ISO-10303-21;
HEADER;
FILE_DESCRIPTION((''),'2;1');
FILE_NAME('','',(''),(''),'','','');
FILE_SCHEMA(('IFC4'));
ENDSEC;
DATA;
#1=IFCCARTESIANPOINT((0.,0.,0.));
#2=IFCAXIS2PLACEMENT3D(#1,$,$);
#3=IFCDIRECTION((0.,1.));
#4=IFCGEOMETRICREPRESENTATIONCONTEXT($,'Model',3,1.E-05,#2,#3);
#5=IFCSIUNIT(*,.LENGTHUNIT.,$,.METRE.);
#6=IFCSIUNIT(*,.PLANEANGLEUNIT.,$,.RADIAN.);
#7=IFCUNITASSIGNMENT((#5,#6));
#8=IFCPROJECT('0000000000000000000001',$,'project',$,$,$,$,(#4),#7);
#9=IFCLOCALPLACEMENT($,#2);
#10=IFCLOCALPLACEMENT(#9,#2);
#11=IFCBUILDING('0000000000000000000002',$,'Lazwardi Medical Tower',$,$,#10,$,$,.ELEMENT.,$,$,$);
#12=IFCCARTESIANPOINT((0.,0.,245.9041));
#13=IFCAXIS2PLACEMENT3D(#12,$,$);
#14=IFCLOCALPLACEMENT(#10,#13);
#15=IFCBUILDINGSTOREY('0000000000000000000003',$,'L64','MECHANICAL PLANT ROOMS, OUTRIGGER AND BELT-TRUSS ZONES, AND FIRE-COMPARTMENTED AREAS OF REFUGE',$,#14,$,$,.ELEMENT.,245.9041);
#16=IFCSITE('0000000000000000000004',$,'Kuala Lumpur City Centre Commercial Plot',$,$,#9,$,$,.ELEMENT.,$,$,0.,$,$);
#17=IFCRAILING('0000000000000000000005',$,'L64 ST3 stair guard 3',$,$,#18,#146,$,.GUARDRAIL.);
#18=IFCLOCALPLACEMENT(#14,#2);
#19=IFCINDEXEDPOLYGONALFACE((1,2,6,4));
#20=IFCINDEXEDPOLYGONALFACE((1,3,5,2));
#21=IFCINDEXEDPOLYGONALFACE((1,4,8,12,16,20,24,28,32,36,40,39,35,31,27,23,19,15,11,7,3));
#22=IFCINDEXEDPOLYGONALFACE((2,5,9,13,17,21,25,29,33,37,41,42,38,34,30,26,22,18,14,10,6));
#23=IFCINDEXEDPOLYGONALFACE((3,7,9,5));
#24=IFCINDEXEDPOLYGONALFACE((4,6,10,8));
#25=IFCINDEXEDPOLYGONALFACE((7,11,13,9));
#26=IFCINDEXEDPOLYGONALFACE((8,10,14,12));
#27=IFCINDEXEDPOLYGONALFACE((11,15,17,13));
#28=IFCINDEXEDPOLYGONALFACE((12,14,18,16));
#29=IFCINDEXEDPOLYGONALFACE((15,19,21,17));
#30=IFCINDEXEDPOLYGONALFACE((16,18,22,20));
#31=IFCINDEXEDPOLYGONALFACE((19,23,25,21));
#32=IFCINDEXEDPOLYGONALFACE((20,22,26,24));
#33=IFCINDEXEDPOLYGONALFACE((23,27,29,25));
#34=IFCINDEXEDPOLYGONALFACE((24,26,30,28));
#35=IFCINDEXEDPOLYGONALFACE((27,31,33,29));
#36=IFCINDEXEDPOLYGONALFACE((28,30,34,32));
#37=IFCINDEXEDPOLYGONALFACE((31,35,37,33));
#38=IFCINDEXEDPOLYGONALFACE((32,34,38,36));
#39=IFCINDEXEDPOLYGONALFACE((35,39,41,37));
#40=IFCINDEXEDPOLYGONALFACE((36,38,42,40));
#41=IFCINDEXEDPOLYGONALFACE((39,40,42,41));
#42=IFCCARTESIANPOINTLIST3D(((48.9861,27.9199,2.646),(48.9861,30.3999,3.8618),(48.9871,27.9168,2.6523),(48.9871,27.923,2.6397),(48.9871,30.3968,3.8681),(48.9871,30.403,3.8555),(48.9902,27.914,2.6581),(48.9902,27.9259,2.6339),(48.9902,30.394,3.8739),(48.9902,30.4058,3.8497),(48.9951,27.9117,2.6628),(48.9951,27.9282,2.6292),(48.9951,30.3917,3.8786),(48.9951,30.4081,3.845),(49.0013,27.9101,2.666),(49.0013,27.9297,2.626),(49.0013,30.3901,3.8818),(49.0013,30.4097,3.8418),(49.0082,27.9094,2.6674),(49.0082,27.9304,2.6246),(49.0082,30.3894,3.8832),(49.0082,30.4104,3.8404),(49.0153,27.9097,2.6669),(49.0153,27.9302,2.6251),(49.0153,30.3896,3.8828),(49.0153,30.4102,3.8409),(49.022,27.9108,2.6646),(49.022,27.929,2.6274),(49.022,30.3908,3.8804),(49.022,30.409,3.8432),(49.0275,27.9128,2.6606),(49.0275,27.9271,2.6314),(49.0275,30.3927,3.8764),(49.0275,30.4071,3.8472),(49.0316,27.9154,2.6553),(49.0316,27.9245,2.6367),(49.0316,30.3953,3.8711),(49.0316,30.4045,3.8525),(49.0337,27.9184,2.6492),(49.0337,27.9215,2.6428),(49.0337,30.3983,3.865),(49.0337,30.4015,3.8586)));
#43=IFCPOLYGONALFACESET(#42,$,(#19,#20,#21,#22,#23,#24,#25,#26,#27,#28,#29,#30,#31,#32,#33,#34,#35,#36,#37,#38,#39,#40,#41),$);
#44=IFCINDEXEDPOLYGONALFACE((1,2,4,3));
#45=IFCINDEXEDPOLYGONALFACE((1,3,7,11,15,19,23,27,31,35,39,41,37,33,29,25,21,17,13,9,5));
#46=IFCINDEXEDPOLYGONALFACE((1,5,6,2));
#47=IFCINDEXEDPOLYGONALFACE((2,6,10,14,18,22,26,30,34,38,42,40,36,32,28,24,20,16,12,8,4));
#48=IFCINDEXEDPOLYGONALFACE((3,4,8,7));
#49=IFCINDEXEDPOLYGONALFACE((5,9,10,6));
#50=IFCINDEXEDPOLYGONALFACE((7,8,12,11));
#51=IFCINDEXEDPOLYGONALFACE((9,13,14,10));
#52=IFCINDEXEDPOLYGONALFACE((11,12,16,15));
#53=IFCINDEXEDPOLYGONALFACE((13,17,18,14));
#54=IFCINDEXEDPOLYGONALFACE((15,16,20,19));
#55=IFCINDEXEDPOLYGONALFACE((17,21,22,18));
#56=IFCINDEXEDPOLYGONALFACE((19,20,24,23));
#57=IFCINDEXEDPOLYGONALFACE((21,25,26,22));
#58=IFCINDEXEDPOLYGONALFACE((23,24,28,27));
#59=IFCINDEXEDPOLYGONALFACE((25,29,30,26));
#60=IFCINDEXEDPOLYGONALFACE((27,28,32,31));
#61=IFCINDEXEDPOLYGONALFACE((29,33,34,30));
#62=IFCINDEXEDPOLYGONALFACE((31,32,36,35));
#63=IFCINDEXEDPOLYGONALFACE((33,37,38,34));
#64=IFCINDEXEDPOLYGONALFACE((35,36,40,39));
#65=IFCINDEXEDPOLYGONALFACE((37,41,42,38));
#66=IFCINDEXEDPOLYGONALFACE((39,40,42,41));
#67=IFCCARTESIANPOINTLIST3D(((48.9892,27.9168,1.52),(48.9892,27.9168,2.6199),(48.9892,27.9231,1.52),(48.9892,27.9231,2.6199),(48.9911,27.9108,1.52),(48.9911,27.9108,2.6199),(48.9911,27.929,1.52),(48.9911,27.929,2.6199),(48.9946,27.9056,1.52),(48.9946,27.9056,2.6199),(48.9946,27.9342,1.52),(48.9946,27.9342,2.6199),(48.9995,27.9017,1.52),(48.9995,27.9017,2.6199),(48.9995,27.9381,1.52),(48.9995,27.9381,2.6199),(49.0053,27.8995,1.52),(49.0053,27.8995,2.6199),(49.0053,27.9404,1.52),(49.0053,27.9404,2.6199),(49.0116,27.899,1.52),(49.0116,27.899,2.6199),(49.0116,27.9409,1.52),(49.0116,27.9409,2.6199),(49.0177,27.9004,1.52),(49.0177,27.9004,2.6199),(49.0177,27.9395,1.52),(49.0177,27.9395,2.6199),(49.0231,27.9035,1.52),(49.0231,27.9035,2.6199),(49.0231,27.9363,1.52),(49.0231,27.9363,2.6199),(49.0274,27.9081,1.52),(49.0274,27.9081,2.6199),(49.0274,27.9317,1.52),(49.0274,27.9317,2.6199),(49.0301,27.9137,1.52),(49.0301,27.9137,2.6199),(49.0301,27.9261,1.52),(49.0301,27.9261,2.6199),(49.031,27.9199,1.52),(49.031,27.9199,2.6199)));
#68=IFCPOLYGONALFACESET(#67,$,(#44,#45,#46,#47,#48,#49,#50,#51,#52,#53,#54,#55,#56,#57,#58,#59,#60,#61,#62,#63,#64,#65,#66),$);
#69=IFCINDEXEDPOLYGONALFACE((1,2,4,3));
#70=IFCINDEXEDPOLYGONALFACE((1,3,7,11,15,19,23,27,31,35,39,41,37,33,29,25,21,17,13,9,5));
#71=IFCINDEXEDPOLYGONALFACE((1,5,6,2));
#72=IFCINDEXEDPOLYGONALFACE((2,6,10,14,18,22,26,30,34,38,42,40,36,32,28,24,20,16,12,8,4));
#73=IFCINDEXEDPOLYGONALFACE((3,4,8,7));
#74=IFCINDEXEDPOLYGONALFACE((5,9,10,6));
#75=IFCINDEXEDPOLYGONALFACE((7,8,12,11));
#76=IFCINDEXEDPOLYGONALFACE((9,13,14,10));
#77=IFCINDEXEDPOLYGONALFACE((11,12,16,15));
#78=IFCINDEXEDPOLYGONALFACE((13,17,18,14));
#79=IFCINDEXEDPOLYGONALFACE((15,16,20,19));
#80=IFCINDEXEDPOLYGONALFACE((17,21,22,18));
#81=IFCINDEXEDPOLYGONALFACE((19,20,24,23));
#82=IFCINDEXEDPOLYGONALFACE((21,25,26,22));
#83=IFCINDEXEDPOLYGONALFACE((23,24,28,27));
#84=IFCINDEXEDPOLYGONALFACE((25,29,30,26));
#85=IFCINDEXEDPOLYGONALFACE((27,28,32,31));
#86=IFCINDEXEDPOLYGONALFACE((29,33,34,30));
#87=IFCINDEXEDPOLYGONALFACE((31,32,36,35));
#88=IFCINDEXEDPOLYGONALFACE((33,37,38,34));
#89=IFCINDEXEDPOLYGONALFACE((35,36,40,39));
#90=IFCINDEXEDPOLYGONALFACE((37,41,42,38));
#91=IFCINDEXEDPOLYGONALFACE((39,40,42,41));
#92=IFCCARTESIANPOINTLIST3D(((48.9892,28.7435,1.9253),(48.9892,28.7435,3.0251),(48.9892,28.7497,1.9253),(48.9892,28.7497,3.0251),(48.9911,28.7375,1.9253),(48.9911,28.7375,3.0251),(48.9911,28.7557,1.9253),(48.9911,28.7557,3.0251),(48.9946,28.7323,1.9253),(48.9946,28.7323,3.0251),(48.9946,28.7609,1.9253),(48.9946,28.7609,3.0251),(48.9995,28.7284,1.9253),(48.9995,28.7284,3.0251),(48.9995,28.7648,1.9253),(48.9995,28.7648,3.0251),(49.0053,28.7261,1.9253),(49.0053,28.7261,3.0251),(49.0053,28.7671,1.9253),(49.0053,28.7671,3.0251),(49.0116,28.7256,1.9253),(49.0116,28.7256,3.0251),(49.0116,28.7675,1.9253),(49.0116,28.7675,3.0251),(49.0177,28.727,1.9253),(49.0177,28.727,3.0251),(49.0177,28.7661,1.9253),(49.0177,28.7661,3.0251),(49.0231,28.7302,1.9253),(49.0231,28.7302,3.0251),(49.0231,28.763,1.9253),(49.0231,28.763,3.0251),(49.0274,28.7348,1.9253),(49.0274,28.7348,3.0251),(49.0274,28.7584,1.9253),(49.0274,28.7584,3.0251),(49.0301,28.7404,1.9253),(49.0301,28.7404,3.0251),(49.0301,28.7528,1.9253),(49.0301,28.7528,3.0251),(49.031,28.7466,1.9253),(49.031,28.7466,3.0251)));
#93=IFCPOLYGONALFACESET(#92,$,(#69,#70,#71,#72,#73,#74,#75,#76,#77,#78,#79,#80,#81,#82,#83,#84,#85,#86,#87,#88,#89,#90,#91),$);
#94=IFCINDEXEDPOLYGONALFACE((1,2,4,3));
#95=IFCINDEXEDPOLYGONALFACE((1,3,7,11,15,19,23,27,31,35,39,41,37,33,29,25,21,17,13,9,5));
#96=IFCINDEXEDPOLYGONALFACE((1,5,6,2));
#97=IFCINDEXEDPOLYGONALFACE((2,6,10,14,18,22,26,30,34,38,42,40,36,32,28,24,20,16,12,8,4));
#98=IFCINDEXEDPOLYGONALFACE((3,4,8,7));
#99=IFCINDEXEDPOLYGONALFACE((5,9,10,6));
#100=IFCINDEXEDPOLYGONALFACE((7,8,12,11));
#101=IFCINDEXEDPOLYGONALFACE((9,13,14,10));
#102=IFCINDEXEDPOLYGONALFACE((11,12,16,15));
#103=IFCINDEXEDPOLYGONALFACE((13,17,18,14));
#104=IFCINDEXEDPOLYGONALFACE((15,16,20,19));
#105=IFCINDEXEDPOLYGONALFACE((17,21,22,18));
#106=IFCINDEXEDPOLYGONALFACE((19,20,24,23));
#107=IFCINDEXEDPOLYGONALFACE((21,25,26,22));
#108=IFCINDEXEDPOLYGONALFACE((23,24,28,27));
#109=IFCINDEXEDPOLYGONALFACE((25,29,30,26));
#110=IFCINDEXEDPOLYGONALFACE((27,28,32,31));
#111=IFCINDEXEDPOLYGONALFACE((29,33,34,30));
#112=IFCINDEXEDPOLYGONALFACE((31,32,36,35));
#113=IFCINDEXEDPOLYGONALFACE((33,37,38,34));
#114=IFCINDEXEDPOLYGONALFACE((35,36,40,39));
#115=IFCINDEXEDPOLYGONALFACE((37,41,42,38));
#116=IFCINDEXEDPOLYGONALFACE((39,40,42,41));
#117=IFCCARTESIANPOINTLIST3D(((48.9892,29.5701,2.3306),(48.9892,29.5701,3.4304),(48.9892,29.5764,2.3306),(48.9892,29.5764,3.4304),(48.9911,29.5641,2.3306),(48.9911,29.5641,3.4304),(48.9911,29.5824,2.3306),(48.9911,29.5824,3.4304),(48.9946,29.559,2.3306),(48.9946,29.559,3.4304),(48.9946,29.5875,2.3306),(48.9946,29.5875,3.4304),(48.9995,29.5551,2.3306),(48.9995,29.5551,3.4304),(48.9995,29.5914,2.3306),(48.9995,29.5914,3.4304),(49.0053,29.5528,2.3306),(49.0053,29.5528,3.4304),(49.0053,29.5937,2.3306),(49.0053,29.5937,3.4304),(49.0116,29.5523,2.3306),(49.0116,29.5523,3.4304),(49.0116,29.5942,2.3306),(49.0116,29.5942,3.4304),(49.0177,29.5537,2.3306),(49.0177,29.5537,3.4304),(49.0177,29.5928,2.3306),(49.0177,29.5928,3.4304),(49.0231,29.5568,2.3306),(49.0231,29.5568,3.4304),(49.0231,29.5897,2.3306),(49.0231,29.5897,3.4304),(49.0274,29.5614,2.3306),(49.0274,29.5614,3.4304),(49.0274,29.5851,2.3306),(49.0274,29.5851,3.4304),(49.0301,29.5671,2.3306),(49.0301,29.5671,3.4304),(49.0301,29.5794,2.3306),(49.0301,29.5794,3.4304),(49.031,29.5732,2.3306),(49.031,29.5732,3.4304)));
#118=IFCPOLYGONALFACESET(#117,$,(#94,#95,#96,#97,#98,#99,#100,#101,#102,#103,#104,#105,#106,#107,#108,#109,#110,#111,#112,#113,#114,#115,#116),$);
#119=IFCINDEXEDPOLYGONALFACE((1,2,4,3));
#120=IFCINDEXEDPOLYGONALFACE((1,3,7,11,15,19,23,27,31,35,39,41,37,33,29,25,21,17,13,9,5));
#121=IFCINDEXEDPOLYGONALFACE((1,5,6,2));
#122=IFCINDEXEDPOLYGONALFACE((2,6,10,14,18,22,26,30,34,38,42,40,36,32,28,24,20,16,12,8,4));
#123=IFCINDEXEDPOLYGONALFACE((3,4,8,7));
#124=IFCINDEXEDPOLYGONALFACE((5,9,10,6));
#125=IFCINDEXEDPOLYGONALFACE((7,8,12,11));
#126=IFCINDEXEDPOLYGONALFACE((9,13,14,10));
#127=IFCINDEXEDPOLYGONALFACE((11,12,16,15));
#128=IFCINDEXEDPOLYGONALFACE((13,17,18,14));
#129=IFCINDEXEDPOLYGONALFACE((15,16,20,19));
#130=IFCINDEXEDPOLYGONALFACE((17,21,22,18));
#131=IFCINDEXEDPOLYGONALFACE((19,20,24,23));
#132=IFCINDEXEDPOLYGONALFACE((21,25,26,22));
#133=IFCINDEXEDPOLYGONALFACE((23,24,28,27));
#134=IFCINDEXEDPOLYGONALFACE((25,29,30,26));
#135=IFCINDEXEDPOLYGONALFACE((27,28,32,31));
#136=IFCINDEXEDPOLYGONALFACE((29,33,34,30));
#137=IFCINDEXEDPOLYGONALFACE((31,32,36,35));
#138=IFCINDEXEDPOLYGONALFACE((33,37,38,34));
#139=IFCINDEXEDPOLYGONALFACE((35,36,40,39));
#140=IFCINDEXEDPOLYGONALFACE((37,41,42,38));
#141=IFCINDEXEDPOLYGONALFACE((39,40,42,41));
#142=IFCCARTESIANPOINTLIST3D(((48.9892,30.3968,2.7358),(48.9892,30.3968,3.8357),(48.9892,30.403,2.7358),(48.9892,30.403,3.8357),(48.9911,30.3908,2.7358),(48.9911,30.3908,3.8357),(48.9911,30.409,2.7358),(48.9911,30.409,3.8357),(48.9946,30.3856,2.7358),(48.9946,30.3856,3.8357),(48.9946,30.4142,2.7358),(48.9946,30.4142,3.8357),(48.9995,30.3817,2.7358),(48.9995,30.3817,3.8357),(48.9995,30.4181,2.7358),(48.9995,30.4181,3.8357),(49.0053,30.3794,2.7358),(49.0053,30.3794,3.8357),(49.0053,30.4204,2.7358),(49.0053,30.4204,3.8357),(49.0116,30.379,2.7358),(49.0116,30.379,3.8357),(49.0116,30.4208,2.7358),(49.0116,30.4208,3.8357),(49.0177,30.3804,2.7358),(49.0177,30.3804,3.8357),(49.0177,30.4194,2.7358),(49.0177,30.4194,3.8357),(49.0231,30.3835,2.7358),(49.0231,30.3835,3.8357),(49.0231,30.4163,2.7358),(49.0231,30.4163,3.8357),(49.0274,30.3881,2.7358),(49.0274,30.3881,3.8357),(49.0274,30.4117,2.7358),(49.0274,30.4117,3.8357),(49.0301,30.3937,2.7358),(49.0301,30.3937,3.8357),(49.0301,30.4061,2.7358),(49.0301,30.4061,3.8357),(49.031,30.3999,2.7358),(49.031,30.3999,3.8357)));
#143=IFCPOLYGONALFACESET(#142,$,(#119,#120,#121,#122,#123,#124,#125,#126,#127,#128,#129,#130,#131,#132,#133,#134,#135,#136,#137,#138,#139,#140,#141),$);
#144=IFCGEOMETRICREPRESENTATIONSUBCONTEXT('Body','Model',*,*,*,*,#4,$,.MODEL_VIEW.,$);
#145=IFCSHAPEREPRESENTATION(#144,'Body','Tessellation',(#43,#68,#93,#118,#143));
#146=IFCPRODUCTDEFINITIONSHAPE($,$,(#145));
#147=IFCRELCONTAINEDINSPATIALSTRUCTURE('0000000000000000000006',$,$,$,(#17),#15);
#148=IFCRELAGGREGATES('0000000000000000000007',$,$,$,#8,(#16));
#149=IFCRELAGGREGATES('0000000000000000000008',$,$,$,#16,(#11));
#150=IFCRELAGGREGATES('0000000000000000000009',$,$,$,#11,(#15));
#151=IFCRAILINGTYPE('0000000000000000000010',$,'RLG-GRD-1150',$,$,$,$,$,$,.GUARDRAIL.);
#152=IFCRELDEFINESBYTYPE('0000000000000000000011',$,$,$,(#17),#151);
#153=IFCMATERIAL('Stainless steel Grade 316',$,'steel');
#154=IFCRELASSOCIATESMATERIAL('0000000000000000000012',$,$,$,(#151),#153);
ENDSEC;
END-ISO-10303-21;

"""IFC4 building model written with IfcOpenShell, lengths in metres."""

from ifc_helpers import new_model, si_unit, direction, frame, origin, origin_2d, place, context, subcontext, project, spatial, circle, extrude, material, type_object, element, save


model = new_model("IFC4")

# Units and contexts
model_context = context("Model", 3, precision=1e-05, world=origin(), true_north=direction((0.0, 1.0)))
body_context = subcontext(model_context, "Body", "Model", "MODEL_VIEW")
ifc_project = project(units=[si_unit("LENGTHUNIT", "METRE"), si_unit("PLANEANGLEUNIT", "RADIAN")], contexts=[model_context])

# Site, building, storey
site_placement = place(None, origin())
site = spatial("IfcSite", under=ifc_project, at=site_placement, Name="Kuala Lumpur City Centre Commercial Plot", CompositionType="ELEMENT", RefElevation=0.0)
building_placement = place(site_placement, origin())
building = spatial("IfcBuilding", under=site, at=building_placement, Name="Lazwardi Medical Tower", CompositionType="ELEMENT")
storey_placement = place(building_placement, frame((0.0, 0.0, 245.9041)))
storey = spatial("IfcBuildingStorey", under=building, at=storey_placement, Name="L64", Description="MECHANICAL PLANT ROOMS, OUTRIGGER AND BELT-TRUSS ZONES, AND FIRE-COMPARTMENTED AREAS OF REFUGE", CompositionType="ELEMENT", Elevation=245.9041)

# Railing
ifc_material_1 = material(Name="Stainless steel Grade 316", Category="steel")
railing_type_1 = type_object("IfcRailingType", Name="RLG-GRD-1150", PredefinedType="GUARDRAIL", material=ifc_material_1)
railing_1_placement = place(storey_placement, frame((49.01, 27.9199, 1.52)))
element("IfcRailing", 1, at=railing_1_placement, inside=storey, type_object=railing_type_1, Name="L64 ST3 stair guard 3", PredefinedType="GUARDRAIL", context=body_context, shape_type="SweptSolid", body=[
    extrude(circle(Radius=0.0239, at=origin_2d()), frame((0.0, 0.0, 1.126), z_axis=(0.0, 0.8979, 0.440199), x_axis=(-1.0, 0.0, 0.0)), (0.0, 0.0, 1.0), 2.762),
    extrude(circle(Radius=0.021, at=origin_2d()), origin(), (0.0, 0.0, 1.0), 1.0999),
    extrude(circle(Radius=0.021, at=origin_2d()), frame((0.0, 0.8267, 0.4053)), (0.0, 0.0, 1.0), 1.0999),
    extrude(circle(Radius=0.021, at=origin_2d()), frame((0.0, 1.6533, 0.8105)), (0.0, 0.0, 1.0), 1.0999),
    extrude(circle(Radius=0.021, at=origin_2d()), frame((0.0, 2.48, 1.2158)), (0.0, 0.0, 1.0), 1.0999),
])

save(model, "model.ifc")
